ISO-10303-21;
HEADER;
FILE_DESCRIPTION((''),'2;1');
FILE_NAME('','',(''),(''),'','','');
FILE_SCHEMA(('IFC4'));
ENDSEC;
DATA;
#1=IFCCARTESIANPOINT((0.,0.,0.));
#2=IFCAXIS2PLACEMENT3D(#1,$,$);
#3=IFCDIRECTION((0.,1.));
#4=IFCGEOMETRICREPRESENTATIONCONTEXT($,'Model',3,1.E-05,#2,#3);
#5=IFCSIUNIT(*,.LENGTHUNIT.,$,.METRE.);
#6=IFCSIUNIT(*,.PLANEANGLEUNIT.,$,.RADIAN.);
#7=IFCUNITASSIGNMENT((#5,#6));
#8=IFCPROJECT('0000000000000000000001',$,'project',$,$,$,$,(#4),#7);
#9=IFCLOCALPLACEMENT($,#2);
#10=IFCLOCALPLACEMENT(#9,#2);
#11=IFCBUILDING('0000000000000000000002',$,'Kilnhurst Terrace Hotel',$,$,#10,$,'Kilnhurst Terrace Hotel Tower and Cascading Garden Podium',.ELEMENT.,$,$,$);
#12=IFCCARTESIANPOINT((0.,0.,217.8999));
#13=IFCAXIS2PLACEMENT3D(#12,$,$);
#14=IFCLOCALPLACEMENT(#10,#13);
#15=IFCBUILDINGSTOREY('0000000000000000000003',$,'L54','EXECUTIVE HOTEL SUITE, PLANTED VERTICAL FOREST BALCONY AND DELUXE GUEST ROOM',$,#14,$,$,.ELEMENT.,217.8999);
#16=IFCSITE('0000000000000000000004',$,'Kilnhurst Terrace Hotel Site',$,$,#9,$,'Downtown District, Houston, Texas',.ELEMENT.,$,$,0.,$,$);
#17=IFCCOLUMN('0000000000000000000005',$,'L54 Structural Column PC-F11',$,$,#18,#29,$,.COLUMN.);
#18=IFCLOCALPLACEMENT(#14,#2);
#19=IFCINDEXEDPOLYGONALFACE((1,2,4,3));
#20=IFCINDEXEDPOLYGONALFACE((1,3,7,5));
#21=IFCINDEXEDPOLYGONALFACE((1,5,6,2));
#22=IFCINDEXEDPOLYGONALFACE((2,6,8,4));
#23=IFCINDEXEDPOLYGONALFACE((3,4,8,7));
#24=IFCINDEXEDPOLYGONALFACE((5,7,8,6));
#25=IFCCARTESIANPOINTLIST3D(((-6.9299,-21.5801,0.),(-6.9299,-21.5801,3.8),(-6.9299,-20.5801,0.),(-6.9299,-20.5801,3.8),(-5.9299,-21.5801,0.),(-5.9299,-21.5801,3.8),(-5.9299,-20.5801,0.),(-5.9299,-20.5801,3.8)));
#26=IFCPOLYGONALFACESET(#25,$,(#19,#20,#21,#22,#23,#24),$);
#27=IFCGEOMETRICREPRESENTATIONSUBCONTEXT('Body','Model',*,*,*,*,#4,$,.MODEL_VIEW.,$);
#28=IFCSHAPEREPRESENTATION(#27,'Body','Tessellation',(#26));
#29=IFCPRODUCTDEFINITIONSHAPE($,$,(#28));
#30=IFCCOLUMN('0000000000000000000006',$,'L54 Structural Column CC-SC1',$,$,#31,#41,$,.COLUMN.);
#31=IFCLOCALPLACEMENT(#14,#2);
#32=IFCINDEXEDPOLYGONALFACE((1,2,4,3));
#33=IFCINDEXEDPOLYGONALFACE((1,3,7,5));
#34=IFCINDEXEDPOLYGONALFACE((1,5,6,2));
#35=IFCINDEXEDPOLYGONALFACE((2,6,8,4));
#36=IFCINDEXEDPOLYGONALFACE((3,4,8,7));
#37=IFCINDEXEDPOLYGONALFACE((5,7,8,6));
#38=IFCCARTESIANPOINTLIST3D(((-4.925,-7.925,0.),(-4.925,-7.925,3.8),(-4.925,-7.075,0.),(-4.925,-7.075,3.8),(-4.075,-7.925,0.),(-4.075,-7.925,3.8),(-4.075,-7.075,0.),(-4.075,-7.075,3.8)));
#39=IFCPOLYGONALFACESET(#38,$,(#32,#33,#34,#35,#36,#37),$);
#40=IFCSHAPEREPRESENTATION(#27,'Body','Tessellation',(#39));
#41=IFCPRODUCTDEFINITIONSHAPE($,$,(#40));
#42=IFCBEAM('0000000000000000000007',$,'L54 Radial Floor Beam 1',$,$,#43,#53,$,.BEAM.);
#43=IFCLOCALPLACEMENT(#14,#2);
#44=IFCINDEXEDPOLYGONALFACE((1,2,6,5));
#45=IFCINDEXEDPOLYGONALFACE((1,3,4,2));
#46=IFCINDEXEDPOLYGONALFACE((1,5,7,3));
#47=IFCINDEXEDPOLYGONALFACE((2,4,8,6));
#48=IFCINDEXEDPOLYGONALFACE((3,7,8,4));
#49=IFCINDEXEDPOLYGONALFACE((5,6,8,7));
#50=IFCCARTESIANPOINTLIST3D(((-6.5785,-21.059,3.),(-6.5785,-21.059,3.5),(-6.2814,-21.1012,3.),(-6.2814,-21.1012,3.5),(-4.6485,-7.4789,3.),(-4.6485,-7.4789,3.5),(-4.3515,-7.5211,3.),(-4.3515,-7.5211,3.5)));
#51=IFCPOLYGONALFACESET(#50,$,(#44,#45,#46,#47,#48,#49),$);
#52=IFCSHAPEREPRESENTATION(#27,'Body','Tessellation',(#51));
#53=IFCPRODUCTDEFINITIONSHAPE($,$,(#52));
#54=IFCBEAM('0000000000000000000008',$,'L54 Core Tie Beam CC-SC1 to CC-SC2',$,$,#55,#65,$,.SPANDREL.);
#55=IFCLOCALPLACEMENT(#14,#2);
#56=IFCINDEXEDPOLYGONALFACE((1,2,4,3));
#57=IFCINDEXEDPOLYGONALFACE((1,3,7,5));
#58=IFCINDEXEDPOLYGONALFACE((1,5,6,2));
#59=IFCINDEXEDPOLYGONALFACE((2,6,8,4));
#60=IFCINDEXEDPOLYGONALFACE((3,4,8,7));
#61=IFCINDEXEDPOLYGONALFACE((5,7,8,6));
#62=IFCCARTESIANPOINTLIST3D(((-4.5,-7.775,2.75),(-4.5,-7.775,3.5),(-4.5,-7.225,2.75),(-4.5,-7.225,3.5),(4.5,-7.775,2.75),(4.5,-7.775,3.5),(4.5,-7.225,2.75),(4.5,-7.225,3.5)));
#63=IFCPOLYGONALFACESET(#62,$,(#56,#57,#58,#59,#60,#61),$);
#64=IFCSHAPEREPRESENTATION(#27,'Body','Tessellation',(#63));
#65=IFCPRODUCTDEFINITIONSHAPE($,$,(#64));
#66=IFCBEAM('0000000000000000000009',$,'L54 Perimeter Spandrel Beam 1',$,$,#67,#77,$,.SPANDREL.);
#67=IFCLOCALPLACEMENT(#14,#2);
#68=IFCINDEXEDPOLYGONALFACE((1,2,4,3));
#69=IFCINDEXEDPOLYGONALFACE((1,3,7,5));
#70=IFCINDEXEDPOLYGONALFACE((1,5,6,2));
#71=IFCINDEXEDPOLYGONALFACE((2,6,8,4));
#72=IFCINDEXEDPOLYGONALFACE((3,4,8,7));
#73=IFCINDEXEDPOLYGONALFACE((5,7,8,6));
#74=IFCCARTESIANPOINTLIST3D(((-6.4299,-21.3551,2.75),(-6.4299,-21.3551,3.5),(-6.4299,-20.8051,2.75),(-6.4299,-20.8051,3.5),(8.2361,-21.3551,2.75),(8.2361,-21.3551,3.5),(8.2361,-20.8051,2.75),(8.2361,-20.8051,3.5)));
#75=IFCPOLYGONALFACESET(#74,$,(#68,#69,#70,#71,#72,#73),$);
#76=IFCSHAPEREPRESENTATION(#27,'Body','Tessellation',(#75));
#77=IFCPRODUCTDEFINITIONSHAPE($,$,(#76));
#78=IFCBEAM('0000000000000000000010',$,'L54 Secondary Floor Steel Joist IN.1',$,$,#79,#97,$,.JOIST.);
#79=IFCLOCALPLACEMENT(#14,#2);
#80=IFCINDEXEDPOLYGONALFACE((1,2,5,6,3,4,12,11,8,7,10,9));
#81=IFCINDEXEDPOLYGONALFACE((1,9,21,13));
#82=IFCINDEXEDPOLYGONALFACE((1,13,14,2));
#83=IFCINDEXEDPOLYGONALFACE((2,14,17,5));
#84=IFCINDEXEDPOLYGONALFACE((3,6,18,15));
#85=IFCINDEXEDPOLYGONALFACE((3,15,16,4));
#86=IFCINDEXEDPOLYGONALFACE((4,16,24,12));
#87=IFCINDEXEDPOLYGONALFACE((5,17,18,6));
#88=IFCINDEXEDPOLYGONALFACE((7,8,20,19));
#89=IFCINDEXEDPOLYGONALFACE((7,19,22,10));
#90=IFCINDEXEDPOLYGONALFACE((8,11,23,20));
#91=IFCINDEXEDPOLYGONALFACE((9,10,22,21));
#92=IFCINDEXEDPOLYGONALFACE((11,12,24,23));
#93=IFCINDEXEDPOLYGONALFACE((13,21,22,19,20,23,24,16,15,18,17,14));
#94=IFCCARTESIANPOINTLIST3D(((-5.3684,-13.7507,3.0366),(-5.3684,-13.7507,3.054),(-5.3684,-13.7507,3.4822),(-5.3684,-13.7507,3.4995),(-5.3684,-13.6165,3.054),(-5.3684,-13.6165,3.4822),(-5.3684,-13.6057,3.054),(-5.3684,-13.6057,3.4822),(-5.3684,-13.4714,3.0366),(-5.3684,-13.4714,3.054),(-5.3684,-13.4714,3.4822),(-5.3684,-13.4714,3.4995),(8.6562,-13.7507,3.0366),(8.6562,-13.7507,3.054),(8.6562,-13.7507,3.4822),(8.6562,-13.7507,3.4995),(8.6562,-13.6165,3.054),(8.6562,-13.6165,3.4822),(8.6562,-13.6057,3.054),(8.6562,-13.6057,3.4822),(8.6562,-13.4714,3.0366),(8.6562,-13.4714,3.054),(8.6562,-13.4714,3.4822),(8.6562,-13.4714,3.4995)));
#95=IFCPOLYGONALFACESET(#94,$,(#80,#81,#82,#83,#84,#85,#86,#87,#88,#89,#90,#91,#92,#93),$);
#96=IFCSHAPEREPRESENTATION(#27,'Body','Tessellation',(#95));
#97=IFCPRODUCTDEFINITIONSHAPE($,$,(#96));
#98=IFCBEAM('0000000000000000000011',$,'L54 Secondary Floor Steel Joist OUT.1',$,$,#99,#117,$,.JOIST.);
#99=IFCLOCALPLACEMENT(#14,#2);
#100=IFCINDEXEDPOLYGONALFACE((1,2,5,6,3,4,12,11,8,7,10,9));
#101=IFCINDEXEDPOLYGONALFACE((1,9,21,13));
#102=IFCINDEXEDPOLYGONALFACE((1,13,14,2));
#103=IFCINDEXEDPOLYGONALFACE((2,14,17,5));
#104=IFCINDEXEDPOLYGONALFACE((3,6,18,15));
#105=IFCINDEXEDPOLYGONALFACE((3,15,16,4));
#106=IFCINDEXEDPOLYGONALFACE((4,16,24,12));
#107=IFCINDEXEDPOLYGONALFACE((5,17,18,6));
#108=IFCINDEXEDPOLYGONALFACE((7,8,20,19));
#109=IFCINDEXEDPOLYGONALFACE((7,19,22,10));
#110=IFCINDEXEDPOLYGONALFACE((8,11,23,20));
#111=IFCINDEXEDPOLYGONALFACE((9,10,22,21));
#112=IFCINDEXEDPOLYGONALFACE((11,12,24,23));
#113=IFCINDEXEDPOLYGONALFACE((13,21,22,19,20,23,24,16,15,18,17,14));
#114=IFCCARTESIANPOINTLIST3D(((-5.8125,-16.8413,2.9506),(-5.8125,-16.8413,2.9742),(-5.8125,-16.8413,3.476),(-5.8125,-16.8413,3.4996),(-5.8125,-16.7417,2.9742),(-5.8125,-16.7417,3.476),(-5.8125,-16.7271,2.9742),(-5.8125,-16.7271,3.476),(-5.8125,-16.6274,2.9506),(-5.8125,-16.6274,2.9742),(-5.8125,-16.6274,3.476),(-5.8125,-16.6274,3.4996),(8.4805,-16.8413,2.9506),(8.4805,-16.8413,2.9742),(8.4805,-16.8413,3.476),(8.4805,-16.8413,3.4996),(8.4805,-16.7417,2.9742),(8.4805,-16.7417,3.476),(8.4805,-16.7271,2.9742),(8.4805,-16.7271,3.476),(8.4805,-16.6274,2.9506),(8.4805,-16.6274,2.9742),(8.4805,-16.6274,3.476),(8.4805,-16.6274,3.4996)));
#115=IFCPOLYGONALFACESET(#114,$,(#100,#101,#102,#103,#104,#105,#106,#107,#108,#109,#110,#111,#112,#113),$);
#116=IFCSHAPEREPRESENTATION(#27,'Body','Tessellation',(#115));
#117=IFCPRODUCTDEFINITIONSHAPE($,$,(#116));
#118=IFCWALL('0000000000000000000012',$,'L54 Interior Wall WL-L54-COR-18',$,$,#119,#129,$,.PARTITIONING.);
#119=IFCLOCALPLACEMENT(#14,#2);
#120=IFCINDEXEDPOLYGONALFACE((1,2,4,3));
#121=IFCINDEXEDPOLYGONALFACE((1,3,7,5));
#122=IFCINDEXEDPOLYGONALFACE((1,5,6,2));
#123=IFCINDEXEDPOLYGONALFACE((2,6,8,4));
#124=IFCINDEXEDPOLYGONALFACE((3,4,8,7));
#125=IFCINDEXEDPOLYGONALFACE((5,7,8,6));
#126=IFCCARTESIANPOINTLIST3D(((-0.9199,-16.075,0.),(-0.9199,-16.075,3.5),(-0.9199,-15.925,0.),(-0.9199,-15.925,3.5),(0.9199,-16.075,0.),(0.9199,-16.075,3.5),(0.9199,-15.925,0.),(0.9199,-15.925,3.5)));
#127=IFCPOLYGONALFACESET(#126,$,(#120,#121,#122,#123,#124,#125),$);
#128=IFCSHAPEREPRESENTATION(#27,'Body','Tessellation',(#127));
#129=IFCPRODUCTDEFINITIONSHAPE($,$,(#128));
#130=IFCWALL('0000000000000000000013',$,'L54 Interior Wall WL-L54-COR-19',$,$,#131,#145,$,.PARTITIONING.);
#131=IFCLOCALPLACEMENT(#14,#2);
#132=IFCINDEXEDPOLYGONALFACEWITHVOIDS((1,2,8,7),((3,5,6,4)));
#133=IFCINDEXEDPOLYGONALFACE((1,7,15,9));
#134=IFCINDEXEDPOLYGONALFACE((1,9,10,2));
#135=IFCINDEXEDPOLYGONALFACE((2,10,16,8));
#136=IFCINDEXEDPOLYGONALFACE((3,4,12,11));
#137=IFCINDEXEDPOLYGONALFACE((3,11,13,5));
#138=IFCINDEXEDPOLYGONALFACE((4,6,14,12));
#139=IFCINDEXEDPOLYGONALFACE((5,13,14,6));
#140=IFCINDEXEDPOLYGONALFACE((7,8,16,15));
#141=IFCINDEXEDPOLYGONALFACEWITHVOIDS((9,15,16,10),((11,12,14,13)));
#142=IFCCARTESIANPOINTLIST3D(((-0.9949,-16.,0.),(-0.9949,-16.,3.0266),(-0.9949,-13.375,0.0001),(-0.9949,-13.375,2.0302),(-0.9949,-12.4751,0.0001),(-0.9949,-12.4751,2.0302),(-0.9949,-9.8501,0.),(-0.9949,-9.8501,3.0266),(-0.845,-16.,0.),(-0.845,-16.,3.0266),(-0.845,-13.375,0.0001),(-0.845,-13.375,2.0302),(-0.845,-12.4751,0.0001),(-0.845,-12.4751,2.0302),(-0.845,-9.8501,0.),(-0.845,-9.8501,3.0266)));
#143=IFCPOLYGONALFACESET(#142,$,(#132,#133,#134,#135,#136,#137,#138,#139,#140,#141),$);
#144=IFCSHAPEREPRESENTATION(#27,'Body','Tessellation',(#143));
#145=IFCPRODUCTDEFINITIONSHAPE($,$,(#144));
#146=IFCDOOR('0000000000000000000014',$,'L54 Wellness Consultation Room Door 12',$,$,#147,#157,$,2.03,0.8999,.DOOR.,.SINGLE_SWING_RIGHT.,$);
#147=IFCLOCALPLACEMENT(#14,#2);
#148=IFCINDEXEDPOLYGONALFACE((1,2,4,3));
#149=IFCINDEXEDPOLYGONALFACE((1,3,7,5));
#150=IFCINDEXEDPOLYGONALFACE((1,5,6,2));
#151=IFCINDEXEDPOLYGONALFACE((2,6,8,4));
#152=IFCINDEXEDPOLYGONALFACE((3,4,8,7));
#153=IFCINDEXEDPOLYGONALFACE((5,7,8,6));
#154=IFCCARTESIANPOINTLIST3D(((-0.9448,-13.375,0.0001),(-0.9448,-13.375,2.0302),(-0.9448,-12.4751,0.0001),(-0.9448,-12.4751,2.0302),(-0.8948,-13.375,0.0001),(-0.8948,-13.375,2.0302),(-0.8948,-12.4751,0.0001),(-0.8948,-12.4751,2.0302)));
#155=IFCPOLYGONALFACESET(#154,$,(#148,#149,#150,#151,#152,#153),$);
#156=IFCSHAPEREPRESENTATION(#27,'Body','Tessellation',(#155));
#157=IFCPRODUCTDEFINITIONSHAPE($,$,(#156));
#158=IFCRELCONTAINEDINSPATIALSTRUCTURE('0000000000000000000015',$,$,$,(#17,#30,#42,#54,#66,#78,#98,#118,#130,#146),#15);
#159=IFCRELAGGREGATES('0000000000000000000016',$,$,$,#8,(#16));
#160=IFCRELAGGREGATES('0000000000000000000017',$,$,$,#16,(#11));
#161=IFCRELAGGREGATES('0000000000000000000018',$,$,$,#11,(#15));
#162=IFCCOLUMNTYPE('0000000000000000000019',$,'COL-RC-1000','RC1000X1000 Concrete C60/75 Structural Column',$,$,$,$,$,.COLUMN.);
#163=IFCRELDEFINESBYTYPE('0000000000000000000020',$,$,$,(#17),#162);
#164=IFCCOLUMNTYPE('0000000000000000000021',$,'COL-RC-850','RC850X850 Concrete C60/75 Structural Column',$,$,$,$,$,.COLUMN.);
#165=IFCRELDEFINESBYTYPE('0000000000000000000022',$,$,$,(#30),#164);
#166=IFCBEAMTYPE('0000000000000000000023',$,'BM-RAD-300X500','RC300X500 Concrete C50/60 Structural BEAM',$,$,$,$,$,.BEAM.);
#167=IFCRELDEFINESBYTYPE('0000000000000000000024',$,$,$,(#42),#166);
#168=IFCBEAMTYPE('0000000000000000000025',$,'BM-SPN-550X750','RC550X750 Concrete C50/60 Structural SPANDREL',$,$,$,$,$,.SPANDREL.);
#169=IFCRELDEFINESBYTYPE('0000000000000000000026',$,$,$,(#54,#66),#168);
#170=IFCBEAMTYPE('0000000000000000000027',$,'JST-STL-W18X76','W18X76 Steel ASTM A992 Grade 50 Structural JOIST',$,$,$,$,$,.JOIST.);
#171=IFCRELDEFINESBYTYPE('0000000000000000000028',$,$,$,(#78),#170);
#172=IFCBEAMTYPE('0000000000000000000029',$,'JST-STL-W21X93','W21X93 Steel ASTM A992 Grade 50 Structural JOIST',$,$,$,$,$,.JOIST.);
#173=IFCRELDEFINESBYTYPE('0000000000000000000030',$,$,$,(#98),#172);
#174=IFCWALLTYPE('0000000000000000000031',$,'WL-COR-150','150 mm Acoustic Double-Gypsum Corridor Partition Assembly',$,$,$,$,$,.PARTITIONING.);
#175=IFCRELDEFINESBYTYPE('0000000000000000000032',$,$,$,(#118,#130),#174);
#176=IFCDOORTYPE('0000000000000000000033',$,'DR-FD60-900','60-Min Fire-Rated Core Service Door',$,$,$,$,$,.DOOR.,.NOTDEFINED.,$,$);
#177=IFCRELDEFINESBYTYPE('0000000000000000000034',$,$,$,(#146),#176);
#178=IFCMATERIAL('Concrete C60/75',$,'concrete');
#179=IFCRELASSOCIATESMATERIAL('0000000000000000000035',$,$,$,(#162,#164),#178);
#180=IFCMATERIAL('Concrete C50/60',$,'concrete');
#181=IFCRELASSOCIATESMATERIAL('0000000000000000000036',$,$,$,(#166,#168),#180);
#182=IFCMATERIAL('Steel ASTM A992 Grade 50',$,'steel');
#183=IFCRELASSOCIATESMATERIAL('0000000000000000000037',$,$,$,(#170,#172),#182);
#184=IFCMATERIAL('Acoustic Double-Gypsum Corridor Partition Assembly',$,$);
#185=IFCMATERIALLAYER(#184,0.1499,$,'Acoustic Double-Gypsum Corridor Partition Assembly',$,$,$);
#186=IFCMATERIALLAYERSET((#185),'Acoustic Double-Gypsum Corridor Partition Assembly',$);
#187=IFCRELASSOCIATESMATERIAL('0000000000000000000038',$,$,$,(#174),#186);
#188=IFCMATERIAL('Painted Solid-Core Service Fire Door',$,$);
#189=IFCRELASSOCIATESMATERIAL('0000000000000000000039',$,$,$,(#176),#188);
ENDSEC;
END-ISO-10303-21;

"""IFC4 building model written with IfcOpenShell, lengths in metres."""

from ifc_helpers import new_model, si_unit, direction, frame, frame_2d, origin, origin_2d, place, context, subcontext, project, spatial, rectangle, i_section, extrude, material, layer, layer_set, material_profile, profile_set, type_object, element, fill, save


model = new_model("IFC4")

# Units and contexts
model_context = context("Model", 3, precision=1e-05, world=origin(), true_north=direction((0.0, 1.0)))
body_context = subcontext(model_context, "Body", "Model", "MODEL_VIEW")
ifc_project = project(units=[si_unit("LENGTHUNIT", "METRE"), si_unit("PLANEANGLEUNIT", "RADIAN")], contexts=[model_context])

# Site, building, storey
site_placement = place(None, origin())
site = spatial("IfcSite", under=ifc_project, at=site_placement, Name="Kilnhurst Terrace Hotel Site", LongName="Downtown District, Houston, Texas", CompositionType="ELEMENT", RefElevation=0.0)
building_placement = place(site_placement, origin())
building = spatial("IfcBuilding", under=site, at=building_placement, Name="Kilnhurst Terrace Hotel", LongName="Kilnhurst Terrace Hotel Tower and Cascading Garden Podium", CompositionType="ELEMENT")
storey_placement = place(building_placement, frame((0.0, 0.0, 217.8999)))
storey = spatial("IfcBuildingStorey", under=building, at=storey_placement, Name="L54", Description="EXECUTIVE HOTEL SUITE, PLANTED VERTICAL FOREST BALCONY AND DELUXE GUEST ROOM", CompositionType="ELEMENT", Elevation=217.8999)

# Columns
ifc_material_1 = material(Name="Concrete C60/75", Category="concrete")
ifc_material_profile_1 = material_profile(ifc_material_1, rectangle(XDim=1.0, YDim=1.0, at=origin_2d()), Name="RC1000X1000")
ifc_profile_set_1 = profile_set([ifc_material_profile_1], Name="Concrete C60/75")
column_type_1 = type_object("IfcColumnType", Name="COL-RC-1000", Description="RC1000X1000 Concrete C60/75 Structural Column", PredefinedType="COLUMN", material=ifc_profile_set_1)
column_1_placement = place(storey_placement, frame((-6.4299, -21.0801, 0.0), z_axis=(0.0, 0.0, 1.0), x_axis=(1.0, 0.0, 0.0)))
element("IfcColumn", 1, at=column_1_placement, inside=storey, type_object=column_type_1, Name="L54 Structural Column PC-F11", PredefinedType="COLUMN", context=body_context, shape_type="SweptSolid", body=[
    extrude(rectangle(XDim=1.0, YDim=1.0, at=origin_2d()), origin(), (0.0, 0.0, 1.0), 3.8),
])
ifc_material_profile_2 = material_profile(ifc_material_1, rectangle(XDim=0.8501, YDim=0.8501, at=origin_2d()), Name="RC850X850")
ifc_profile_set_2 = profile_set([ifc_material_profile_2], Name="Concrete C60/75")
column_type_2 = type_object("IfcColumnType", Name="COL-RC-850", Description="RC850X850 Concrete C60/75 Structural Column", PredefinedType="COLUMN", material=ifc_profile_set_2)
column_2_placement = place(storey_placement, frame((-4.5, -7.5, 0.0), z_axis=(0.0, 0.0, 1.0), x_axis=(1.0, 0.0, 0.0)))
element("IfcColumn", 2, at=column_2_placement, inside=storey, type_object=column_type_2, Name="L54 Structural Column CC-SC1", PredefinedType="COLUMN", context=body_context, shape_type="SweptSolid", body=[
    extrude(rectangle(XDim=0.8501, YDim=0.8501, at=origin_2d()), origin(), (0.0, 0.0, 1.0), 3.8),
])

# Beams
ifc_material_2 = material(Name="Concrete C50/60", Category="concrete")
ifc_material_profile_3 = material_profile(ifc_material_2, rectangle(XDim=0.3, YDim=0.5, at=origin_2d()), Name="RC300X500")
ifc_profile_set_3 = profile_set([ifc_material_profile_3], Name="Concrete C50/60")
beam_type_1 = type_object("IfcBeamType", Name="BM-RAD-300X500", Description="RC300X500 Concrete C50/60 Structural BEAM", PredefinedType="BEAM", material=ifc_profile_set_3)
beam_1_placement = place(storey_placement, frame((-4.5, -7.5, 3.25), z_axis=(-0.140701, -0.990052, 0.0), x_axis=(0.990052, -0.140701, 0.0)))
element("IfcBeam", 3, at=beam_1_placement, inside=storey, type_object=beam_type_1, Name="L54 Radial Floor Beam 1", PredefinedType="BEAM", context=body_context, shape_type="SweptSolid", body=[
    extrude(rectangle(XDim=0.3, YDim=0.5, at=origin_2d()), origin(), (0.0, 0.0, 1.0), 13.7166),
])
ifc_material_profile_4 = material_profile(ifc_material_2, rectangle(XDim=0.55, YDim=0.75, at=origin_2d()), Name="RC550X750")
ifc_profile_set_4 = profile_set([ifc_material_profile_4], Name="Concrete C50/60")
beam_type_2 = type_object("IfcBeamType", Name="BM-SPN-550X750", Description="RC550X750 Concrete C50/60 Structural SPANDREL", PredefinedType="SPANDREL", material=ifc_profile_set_4)
beam_2_placement = place(storey_placement, frame((-4.5, -7.5, 3.125), z_axis=(1.0, 0.0, 0.0), x_axis=(0.0, 1.0, 0.0)))
element("IfcBeam", 4, at=beam_2_placement, inside=storey, type_object=beam_type_2, Name="L54 Core Tie Beam CC-SC1 to CC-SC2", PredefinedType="SPANDREL", context=body_context, shape_type="SweptSolid", body=[
    extrude(rectangle(XDim=0.55, YDim=0.75, at=origin_2d()), origin(), (0.0, 0.0, 1.0), 9.0),
])
beam_3_placement = place(storey_placement, frame((-6.4299, -21.0801, 3.125), z_axis=(1.0, 0.0, 0.0), x_axis=(0.0, 1.0, 0.0)))
element("IfcBeam", 5, at=beam_3_placement, inside=storey, type_object=beam_type_2, Name="L54 Perimeter Spandrel Beam 1", PredefinedType="SPANDREL", context=body_context, shape_type="SweptSolid", body=[
    extrude(rectangle(XDim=0.55, YDim=0.75, at=origin_2d()), origin(), (0.0, 0.0, 1.0), 14.666),
])
ifc_material_3 = material(Name="Steel ASTM A992 Grade 50", Category="steel")
ifc_material_profile_5 = material_profile(ifc_material_3, i_section(OverallWidth=0.2793, OverallDepth=0.4629, WebThickness=0.0107, FlangeThickness=0.0173, at=origin_2d()), Name="W18X76")
ifc_profile_set_5 = profile_set([ifc_material_profile_5], Name="Steel ASTM A992 Grade 50")
beam_type_3 = type_object("IfcBeamType", Name="JST-STL-W18X76", Description="W18X76 Steel ASTM A992 Grade 50 Structural JOIST", PredefinedType="JOIST", material=ifc_profile_set_5)
beam_4_placement = place(storey_placement, frame((-5.3684, -13.6111, 3.2681), z_axis=(1.0, 0.0, 0.0), x_axis=(0.0, 1.0, 0.0)))
element("IfcBeam", 6, at=beam_4_placement, inside=storey, type_object=beam_type_3, Name="L54 Secondary Floor Steel Joist IN.1", PredefinedType="JOIST", context=body_context, shape_type="SweptSolid", body=[
    extrude(i_section(OverallWidth=0.2793, OverallDepth=0.4629, WebThickness=0.0107, FlangeThickness=0.0173, at=origin_2d()), origin(), (0.0, 0.0, 1.0), 14.0247),
])
ifc_material_profile_6 = material_profile(ifc_material_3, i_section(OverallWidth=0.2139, OverallDepth=0.5491, WebThickness=0.0146, FlangeThickness=0.0237, at=origin_2d()), Name="W21X93")
ifc_profile_set_6 = profile_set([ifc_material_profile_6], Name="Steel ASTM A992 Grade 50")
beam_type_4 = type_object("IfcBeamType", Name="JST-STL-W21X93", Description="W21X93 Steel ASTM A992 Grade 50 Structural JOIST", PredefinedType="JOIST", material=ifc_profile_set_6)
beam_5_placement = place(storey_placement, frame((-5.8125, -16.7344, 3.2251), z_axis=(1.0, 0.0, 0.0), x_axis=(0.0, 1.0, 0.0)))
element("IfcBeam", 7, at=beam_5_placement, inside=storey, type_object=beam_type_4, Name="L54 Secondary Floor Steel Joist OUT.1", PredefinedType="JOIST", context=body_context, shape_type="SweptSolid", body=[
    extrude(i_section(OverallWidth=0.2139, OverallDepth=0.5491, WebThickness=0.0146, FlangeThickness=0.0237, at=origin_2d()), origin(), (0.0, 0.0, 1.0), 14.293),
])

# Wall
ifc_material_4 = material(Name="Acoustic Double-Gypsum Corridor Partition Assembly")
ifc_layer_1 = layer(ifc_material_4, 0.1499, Name="Acoustic Double-Gypsum Corridor Partition Assembly")
ifc_layer_set_1 = layer_set([ifc_layer_1], Name="Acoustic Double-Gypsum Corridor Partition Assembly")
wall_type_1 = type_object("IfcWallType", Name="WL-COR-150", Description="150 mm Acoustic Double-Gypsum Corridor Partition Assembly", PredefinedType="PARTITIONING", material=ifc_layer_set_1)
wall_1_placement = place(storey_placement, frame((0.9199, -16.0, 0.0), z_axis=(0.0, 0.0, 1.0), x_axis=(-1.0, 0.0, 0.0)))
element("IfcWall", 8, at=wall_1_placement, inside=storey, type_object=wall_type_1, Name="L54 Interior Wall WL-L54-COR-18", PredefinedType="PARTITIONING", context=body_context, shape_type="SweptSolid", body=[
    extrude(rectangle(XDim=1.8398, YDim=0.1499, at=frame_2d((0.9199, 0.0))), origin(), (0.0, 0.0, 1.0), 3.5),
])

# Wall, opening, door
wall_2_placement = place(storey_placement, frame((-0.9199, -16.0, 0.0), z_axis=(0.0, 0.0, 1.0), x_axis=(0.0, 1.0, 0.0)))
wall_2 = element("IfcWall", 9, at=wall_2_placement, inside=storey, type_object=wall_type_1, Name="L54 Interior Wall WL-L54-COR-19", PredefinedType="PARTITIONING", context=body_context, shape_type="SweptSolid", body=[
    extrude(rectangle(XDim=6.1499, YDim=0.1499, at=frame_2d((3.075, 0.0))), origin(), (0.0, 0.0, 1.0), 3.0266),
])
opening_1_placement = place(wall_2_placement, frame((2.625, 0.0, 0.0)))
opening_1 = element("IfcOpeningElement", 10, at=opening_1_placement, cuts=wall_2, PredefinedType="OPENING", context=body_context, shape_type="SweptSolid", body=[
    extrude(rectangle(XDim=0.8999, YDim=2.03, at=frame_2d((0.45, 1.0151))), frame((0.0, 0.085, 0.0), z_axis=(0.0, -1.0, 0.0), x_axis=(1.0, 0.0, 0.0)), (0.0, 0.0, 1.0), 0.1699),
])
ifc_material_5 = material(Name="Painted Solid-Core Service Fire Door")
door_type_1 = type_object("IfcDoorType", Name="DR-FD60-900", Description="60-Min Fire-Rated Core Service Door", OperationType="NOTDEFINED", PredefinedType="DOOR", material=ifc_material_5)
door_1_placement = place(opening_1_placement, origin())
door_1 = element("IfcDoor", 11, at=door_1_placement, inside=storey, type_object=door_type_1, Name="L54 Wellness Consultation Room Door 12", OperationType="SINGLE_SWING_RIGHT", OverallHeight=2.03, OverallWidth=0.8999, PredefinedType="DOOR", context=body_context, shape_type="SweptSolid", body=[
    extrude(rectangle(XDim=0.8999, YDim=2.03, at=frame_2d((0.45, 1.0151))), frame((0.0, 0.0249, 0.0), z_axis=(0.0, -1.0, 0.0), x_axis=(1.0, 0.0, 0.0)), (0.0, 0.0, 1.0), 0.05),
])
fill(opening_1, door_1)

save(model, "model.ifc")
